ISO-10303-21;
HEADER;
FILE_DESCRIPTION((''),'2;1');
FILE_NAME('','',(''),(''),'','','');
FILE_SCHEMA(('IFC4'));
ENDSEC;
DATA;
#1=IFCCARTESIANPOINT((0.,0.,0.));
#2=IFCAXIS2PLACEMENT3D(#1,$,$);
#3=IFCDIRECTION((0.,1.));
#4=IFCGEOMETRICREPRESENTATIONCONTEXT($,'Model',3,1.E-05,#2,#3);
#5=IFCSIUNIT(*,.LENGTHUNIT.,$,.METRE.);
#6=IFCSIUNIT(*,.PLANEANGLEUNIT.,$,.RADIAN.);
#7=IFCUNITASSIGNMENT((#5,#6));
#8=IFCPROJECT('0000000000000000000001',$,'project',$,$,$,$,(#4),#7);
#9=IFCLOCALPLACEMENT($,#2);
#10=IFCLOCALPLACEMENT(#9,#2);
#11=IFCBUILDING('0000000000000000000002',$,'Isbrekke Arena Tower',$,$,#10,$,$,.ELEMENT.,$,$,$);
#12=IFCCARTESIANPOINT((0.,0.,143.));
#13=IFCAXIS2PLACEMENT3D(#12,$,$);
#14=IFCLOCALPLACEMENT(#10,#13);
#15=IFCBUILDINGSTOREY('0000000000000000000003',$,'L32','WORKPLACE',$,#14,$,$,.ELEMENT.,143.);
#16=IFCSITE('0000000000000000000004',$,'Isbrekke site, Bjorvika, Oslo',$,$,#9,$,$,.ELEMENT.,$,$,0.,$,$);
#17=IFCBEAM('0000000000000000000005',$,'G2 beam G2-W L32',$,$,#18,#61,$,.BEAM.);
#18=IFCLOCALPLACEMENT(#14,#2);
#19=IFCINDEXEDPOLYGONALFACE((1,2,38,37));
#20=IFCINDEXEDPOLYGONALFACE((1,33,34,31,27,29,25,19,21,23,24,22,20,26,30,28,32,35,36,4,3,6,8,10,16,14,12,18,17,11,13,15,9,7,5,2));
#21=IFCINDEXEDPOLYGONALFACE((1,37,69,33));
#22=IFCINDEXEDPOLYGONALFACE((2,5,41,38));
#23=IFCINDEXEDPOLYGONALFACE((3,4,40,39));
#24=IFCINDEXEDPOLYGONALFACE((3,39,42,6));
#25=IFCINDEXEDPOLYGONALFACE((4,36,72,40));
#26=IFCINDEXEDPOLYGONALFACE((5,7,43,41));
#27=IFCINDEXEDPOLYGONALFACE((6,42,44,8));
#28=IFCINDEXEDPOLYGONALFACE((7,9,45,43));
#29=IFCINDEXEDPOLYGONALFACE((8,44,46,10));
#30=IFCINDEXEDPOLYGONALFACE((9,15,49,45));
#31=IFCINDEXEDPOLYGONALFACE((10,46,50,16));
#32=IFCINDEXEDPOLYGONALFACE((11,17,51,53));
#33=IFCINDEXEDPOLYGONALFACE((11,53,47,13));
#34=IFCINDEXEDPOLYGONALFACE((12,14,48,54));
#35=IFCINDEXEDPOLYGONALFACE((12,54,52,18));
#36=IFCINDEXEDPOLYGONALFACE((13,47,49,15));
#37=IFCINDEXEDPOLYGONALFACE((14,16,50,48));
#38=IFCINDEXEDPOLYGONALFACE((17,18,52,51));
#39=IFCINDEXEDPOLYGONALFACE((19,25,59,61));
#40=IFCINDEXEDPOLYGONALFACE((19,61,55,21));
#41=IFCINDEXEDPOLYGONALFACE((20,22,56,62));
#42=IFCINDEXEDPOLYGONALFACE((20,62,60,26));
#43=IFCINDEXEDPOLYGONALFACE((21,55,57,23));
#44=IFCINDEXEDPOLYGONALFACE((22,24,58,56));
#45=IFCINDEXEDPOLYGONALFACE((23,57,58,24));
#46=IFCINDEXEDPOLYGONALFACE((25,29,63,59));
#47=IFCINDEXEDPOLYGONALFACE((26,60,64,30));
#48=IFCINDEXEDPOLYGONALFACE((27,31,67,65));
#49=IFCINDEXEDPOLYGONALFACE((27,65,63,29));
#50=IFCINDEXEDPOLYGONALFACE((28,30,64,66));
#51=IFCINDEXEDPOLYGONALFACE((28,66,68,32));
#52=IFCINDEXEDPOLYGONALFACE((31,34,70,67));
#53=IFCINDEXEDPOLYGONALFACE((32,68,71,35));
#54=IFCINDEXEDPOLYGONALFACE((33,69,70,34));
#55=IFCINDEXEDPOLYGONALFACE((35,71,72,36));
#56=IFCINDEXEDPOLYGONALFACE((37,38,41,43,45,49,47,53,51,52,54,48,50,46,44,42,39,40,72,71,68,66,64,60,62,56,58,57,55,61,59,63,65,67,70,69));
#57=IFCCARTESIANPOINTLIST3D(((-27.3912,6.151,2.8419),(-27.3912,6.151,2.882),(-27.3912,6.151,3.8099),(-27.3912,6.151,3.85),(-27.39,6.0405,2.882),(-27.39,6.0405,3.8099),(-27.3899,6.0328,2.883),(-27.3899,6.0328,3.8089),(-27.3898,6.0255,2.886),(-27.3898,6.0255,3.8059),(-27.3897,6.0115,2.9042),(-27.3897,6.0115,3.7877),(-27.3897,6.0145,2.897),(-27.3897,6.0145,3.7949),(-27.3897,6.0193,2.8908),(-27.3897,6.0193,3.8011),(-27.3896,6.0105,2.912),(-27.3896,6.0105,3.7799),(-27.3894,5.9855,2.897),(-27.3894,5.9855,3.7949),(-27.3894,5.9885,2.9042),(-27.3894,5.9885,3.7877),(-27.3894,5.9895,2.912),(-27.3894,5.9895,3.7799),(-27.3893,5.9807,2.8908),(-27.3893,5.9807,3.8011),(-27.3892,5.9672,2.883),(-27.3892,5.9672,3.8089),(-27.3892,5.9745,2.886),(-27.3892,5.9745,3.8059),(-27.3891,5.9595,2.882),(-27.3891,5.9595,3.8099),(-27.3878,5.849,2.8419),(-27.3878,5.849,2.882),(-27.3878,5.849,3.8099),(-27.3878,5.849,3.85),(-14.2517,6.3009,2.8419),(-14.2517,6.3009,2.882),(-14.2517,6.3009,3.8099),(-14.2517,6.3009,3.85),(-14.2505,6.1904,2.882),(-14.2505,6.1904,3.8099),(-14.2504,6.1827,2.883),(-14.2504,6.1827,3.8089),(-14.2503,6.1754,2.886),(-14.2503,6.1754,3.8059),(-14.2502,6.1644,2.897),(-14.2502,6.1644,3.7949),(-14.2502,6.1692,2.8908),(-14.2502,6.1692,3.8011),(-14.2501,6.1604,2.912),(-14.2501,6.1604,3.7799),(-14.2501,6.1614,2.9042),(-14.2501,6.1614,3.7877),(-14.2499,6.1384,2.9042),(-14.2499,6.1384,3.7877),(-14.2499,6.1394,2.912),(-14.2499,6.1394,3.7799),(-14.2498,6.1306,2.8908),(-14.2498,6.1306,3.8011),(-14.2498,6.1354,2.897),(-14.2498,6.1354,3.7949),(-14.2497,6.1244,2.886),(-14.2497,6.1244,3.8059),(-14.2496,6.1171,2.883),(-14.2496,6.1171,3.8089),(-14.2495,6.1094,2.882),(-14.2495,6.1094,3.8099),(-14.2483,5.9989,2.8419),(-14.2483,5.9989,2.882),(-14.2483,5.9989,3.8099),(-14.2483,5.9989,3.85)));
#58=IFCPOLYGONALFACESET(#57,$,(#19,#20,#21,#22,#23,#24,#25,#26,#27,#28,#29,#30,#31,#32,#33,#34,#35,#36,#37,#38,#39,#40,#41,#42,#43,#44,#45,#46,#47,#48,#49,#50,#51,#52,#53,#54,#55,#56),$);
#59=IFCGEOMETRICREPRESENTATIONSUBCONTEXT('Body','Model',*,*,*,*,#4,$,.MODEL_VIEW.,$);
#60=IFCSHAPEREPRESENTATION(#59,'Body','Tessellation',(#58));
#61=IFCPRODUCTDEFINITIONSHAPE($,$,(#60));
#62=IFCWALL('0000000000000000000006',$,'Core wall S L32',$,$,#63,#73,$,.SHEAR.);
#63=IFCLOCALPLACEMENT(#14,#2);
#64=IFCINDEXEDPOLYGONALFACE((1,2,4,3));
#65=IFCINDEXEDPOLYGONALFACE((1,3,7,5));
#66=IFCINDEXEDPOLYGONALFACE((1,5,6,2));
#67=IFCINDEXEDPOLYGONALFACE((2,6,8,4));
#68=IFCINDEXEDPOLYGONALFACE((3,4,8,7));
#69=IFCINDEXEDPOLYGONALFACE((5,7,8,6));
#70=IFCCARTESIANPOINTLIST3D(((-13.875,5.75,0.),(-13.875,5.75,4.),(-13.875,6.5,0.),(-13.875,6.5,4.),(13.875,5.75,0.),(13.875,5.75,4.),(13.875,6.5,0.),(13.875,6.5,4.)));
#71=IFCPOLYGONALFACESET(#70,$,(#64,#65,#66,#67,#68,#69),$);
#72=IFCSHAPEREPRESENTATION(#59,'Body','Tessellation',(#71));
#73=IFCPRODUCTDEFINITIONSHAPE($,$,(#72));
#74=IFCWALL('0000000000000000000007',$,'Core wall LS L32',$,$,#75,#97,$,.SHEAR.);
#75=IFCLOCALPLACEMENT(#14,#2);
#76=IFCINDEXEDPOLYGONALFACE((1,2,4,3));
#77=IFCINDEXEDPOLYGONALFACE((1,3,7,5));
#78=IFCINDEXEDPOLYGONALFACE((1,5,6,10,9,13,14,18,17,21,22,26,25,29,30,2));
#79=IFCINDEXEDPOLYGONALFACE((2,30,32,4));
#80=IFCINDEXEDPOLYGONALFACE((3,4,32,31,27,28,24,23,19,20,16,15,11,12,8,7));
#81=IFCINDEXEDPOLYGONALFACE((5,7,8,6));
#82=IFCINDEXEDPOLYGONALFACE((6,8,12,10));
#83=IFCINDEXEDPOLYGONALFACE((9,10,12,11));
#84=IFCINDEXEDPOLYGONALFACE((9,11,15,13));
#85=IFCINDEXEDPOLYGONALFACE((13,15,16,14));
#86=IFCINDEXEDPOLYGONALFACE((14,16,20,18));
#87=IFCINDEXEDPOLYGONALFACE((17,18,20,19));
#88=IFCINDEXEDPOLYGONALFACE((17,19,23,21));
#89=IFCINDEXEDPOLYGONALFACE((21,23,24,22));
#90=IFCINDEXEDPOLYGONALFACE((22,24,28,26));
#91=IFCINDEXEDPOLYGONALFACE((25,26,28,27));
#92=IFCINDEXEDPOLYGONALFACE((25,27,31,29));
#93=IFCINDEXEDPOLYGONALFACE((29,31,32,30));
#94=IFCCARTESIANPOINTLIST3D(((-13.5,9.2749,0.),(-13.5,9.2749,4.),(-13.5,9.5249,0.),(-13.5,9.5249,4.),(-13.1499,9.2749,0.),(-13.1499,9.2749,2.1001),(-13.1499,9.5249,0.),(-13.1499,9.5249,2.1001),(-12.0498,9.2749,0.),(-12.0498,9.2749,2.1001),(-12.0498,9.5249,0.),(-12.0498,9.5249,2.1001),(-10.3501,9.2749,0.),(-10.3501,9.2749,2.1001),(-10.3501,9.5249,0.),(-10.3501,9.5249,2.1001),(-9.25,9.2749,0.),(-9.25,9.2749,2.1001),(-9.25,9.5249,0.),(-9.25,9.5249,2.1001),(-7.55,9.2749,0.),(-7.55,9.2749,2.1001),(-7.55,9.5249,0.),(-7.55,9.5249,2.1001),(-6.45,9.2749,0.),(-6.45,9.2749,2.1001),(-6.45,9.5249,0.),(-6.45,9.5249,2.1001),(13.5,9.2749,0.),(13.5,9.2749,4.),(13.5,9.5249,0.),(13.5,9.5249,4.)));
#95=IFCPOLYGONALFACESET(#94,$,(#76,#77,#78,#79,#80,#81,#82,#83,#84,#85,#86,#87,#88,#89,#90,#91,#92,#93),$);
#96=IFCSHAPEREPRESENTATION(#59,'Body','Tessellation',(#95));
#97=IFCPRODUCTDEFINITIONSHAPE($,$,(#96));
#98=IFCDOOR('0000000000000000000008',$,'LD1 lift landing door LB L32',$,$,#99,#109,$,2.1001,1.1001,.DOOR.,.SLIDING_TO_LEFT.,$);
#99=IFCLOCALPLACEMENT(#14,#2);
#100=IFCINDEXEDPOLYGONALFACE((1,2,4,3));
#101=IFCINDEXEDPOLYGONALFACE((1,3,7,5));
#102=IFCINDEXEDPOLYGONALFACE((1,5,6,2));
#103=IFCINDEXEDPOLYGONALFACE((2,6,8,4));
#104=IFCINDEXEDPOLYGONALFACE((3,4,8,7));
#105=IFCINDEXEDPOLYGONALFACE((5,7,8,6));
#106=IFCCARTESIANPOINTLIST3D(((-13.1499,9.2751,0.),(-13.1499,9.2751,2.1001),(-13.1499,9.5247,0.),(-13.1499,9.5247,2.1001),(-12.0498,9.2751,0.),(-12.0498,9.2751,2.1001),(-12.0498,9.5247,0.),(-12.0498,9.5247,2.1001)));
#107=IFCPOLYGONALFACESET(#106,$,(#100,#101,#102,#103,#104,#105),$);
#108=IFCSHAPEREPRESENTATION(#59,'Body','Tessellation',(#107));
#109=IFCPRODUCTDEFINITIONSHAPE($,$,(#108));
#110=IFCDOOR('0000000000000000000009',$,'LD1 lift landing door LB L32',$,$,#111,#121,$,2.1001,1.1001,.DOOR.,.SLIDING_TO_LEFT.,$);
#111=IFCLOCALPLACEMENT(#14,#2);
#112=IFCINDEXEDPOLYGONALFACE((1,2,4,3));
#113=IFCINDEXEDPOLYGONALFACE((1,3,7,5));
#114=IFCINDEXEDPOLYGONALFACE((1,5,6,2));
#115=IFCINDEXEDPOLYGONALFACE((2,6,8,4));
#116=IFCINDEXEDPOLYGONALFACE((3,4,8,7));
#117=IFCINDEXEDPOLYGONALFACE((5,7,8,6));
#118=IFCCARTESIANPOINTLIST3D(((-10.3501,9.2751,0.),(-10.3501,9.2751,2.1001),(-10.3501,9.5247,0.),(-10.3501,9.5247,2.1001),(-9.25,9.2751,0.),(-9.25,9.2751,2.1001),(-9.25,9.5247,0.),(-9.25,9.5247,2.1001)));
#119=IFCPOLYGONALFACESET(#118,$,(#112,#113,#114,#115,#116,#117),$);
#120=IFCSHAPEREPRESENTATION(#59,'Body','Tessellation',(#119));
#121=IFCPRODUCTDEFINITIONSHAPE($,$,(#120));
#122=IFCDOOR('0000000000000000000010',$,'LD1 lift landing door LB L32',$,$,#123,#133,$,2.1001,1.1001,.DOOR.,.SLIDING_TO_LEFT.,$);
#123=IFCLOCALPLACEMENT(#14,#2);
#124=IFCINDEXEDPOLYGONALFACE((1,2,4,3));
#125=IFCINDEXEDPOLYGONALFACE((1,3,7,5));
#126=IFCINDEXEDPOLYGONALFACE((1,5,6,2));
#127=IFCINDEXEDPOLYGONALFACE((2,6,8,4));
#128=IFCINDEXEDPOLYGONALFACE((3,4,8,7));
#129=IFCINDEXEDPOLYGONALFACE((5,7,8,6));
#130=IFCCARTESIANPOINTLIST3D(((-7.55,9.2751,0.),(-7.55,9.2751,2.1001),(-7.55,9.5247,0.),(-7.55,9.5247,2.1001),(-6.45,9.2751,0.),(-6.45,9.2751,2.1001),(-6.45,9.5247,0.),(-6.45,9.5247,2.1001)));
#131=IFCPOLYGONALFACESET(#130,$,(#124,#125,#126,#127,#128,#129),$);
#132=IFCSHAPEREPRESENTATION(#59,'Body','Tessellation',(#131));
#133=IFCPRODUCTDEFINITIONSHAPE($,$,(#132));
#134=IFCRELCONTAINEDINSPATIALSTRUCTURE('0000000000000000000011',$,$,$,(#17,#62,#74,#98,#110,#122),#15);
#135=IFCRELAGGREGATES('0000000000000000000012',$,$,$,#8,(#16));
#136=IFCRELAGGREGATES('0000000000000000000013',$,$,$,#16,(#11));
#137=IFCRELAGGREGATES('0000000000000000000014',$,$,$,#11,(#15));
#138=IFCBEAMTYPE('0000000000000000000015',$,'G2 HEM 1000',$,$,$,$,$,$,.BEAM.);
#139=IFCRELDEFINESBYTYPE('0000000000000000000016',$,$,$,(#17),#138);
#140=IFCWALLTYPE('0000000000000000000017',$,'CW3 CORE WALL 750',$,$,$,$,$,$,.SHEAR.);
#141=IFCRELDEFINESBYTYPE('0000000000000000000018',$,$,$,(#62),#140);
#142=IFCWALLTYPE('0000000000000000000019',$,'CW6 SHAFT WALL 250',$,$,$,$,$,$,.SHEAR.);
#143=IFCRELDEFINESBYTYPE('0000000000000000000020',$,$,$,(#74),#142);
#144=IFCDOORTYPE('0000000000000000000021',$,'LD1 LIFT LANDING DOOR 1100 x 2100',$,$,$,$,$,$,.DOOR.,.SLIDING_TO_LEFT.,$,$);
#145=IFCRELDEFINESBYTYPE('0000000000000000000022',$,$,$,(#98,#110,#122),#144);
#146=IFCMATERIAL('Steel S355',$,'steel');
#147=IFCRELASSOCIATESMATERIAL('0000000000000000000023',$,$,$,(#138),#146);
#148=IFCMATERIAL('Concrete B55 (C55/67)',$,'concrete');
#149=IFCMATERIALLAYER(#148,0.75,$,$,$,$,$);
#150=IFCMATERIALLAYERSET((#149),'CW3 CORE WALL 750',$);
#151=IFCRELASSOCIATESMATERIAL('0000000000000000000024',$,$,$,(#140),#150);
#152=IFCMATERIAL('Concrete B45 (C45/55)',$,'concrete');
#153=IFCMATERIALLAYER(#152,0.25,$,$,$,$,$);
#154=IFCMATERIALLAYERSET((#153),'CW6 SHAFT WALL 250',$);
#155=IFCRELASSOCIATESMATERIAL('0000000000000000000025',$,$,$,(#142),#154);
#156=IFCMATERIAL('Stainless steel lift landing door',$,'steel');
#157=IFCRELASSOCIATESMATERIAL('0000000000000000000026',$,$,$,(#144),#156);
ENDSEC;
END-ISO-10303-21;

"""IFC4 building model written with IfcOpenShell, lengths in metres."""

from ifc_helpers import new_model, si_unit, direction, frame, frame_2d, origin, origin_2d, place, context, subcontext, project, spatial, rectangle, i_section, extrude, material, layer, layer_set, material_profile, profile_set, type_object, element, fill, save


model = new_model("IFC4")

# Units and contexts
model_context = context("Model", 3, precision=1e-05, world=origin(), true_north=direction((0.0, 1.0)))
body_context = subcontext(model_context, "Body", "Model", "MODEL_VIEW")
ifc_project = project(units=[si_unit("LENGTHUNIT", "METRE"), si_unit("PLANEANGLEUNIT", "RADIAN")], contexts=[model_context])

# Site, building, storey
site_placement = place(None, origin())
site = spatial("IfcSite", under=ifc_project, at=site_placement, Name="Isbrekke site, Bjorvika, Oslo", CompositionType="ELEMENT", RefElevation=0.0)
building_placement = place(site_placement, origin())
building = spatial("IfcBuilding", under=site, at=building_placement, Name="Isbrekke Arena Tower", CompositionType="ELEMENT")
storey_placement = place(building_placement, frame((0.0, 0.0, 143.0)))
storey = spatial("IfcBuildingStorey", under=building, at=storey_placement, Name="L32", Description="WORKPLACE", CompositionType="ELEMENT", Elevation=143.0)

# Beam
ifc_material_1 = material(Name="Steel S355", Category="steel")
ifc_material_profile = material_profile(ifc_material_1, i_section(OverallWidth=0.302, OverallDepth=1.0081, WebThickness=0.021, FlangeThickness=0.04, FilletRadius=0.03, at=origin_2d()), Name="HEM 1000")
ifc_profile_set = profile_set([ifc_material_profile], Name="Steel S355")
beam_type = type_object("IfcBeamType", Name="G2 HEM 1000", PredefinedType="BEAM", material=ifc_profile_set)
beam_placement = place(storey_placement, frame((-14.25, 6.1499, 3.3459), z_axis=(-0.999935, -0.011408, 0.0), x_axis=(0.011408, -0.999935, 0.0)))
element("IfcBeam", 1, at=beam_placement, inside=storey, type_object=beam_type, Name="G2 beam G2-W L32", PredefinedType="BEAM", context=body_context, shape_type="SweptSolid", body=[
    extrude(i_section(OverallWidth=0.302, OverallDepth=1.0081, WebThickness=0.021, FlangeThickness=0.04, FilletRadius=0.03, at=origin_2d()), origin(), (0.0, 0.0, 1.0), 13.1404),
])

# Wall
ifc_material_2 = material(Name="Concrete B55 (C55/67)", Category="concrete")
ifc_layer_1 = layer(ifc_material_2, 0.75)
ifc_layer_set_1 = layer_set([ifc_layer_1], Name="CW3 CORE WALL 750")
wall_type_1 = type_object("IfcWallType", Name="CW3 CORE WALL 750", PredefinedType="SHEAR", material=ifc_layer_set_1)
wall_1_placement = place(storey_placement, frame((-13.875, 6.125, 0.0), z_axis=(0.0, 0.0, 1.0), x_axis=(1.0, 0.0, 0.0)))
element("IfcWall", 2, at=wall_1_placement, inside=storey, type_object=wall_type_1, Name="Core wall S L32", PredefinedType="SHEAR", context=body_context, shape_type="SweptSolid", body=[
    extrude(rectangle(XDim=27.75, YDim=0.75, at=frame_2d((13.875, 0.0))), origin(), (0.0, 0.0, 1.0), 4.0),
])

# Wall, openings, doors
ifc_material_3 = material(Name="Concrete B45 (C45/55)", Category="concrete")
ifc_layer_2 = layer(ifc_material_3, 0.25)
ifc_layer_set_2 = layer_set([ifc_layer_2], Name="CW6 SHAFT WALL 250")
wall_type_2 = type_object("IfcWallType", Name="CW6 SHAFT WALL 250", PredefinedType="SHEAR", material=ifc_layer_set_2)
wall_2_placement = place(storey_placement, frame((-13.5, 9.3999, 0.0), z_axis=(0.0, 0.0, 1.0), x_axis=(1.0, 0.0, 0.0)))
wall_2 = element("IfcWall", 3, at=wall_2_placement, inside=storey, type_object=wall_type_2, Name="Core wall LS L32", PredefinedType="SHEAR", context=body_context, shape_type="SweptSolid", body=[
    extrude(rectangle(XDim=27.0, YDim=0.25, at=frame_2d((13.5, 0.0))), origin(), (0.0, 0.0, 1.0), 4.0),
])
opening_1_placement = place(wall_2_placement, frame((0.3501, 0.0, 0.0)))
opening_1 = element("IfcOpeningElement", 4, at=opening_1_placement, cuts=wall_2, PredefinedType="OPENING", context=body_context, shape_type="SweptSolid", body=[
    extrude(rectangle(XDim=1.1001, YDim=2.1001, at=frame_2d((0.55, 1.05))), frame((0.0, 0.1399, 0.0), z_axis=(0.0, -1.0, 0.0), x_axis=(1.0, 0.0, 0.0)), (0.0, 0.0, 1.0), 0.2798),
])
opening_2_placement = place(wall_2_placement, frame((3.1499, 0.0, 0.0)))
opening_2 = element("IfcOpeningElement", 5, at=opening_2_placement, cuts=wall_2, PredefinedType="OPENING", context=body_context, shape_type="SweptSolid", body=[
    extrude(rectangle(XDim=1.1001, YDim=2.1001, at=frame_2d((0.55, 1.05))), frame((0.0, 0.1399, 0.0), z_axis=(0.0, -1.0, 0.0), x_axis=(1.0, 0.0, 0.0)), (0.0, 0.0, 1.0), 0.2798),
])
opening_3_placement = place(wall_2_placement, frame((5.95, 0.0, 0.0)))
opening_3 = element("IfcOpeningElement", 6, at=opening_3_placement, cuts=wall_2, PredefinedType="OPENING", context=body_context, shape_type="SweptSolid", body=[
    extrude(rectangle(XDim=1.1001, YDim=2.1001, at=frame_2d((0.55, 1.05))), frame((0.0, 0.1399, 0.0), z_axis=(0.0, -1.0, 0.0), x_axis=(1.0, 0.0, 0.0)), (0.0, 0.0, 1.0), 0.2798),
])
ifc_material_4 = material(Name="Stainless steel lift landing door", Category="steel")
door_type_1 = type_object("IfcDoorType", Name="LD1 LIFT LANDING DOOR 1100 x 2100", OperationType="SLIDING_TO_LEFT", PredefinedType="DOOR", material=ifc_material_4)
door_1_placement = place(opening_1_placement, origin())
door_1 = element("IfcDoor", 7, at=door_1_placement, inside=storey, type_object=door_type_1, Name="LD1 lift landing door LB L32", OperationType="SLIDING_TO_LEFT", OverallHeight=2.1001, OverallWidth=1.1001, PredefinedType="DOOR", context=body_context, shape_type="SweptSolid", body=[
    extrude(rectangle(XDim=1.1001, YDim=2.1001, at=frame_2d((0.55, 1.05))), frame((0.0, 0.1248, 0.0), z_axis=(0.0, -1.0, 0.0), x_axis=(1.0, 0.0, 0.0)), (0.0, 0.0, 1.0), 0.2495),
])
fill(opening_1, door_1)
door_2_placement = place(opening_2_placement, origin())
door_2 = element("IfcDoor", 8, at=door_2_placement, inside=storey, type_object=door_type_1, Name="LD1 lift landing door LB L32", OperationType="SLIDING_TO_LEFT", OverallHeight=2.1001, OverallWidth=1.1001, PredefinedType="DOOR", context=body_context, shape_type="SweptSolid", body=[
    extrude(rectangle(XDim=1.1001, YDim=2.1001, at=frame_2d((0.55, 1.05))), frame((0.0, 0.1248, 0.0), z_axis=(0.0, -1.0, 0.0), x_axis=(1.0, 0.0, 0.0)), (0.0, 0.0, 1.0), 0.2495),
])
fill(opening_2, door_2)
door_3_placement = place(opening_3_placement, origin())
door_3 = element("IfcDoor", 9, at=door_3_placement, inside=storey, type_object=door_type_1, Name="LD1 lift landing door LB L32", OperationType="SLIDING_TO_LEFT", OverallHeight=2.1001, OverallWidth=1.1001, PredefinedType="DOOR", context=body_context, shape_type="SweptSolid", body=[
    extrude(rectangle(XDim=1.1001, YDim=2.1001, at=frame_2d((0.55, 1.05))), frame((0.0, 0.1248, 0.0), z_axis=(0.0, -1.0, 0.0), x_axis=(1.0, 0.0, 0.0)), (0.0, 0.0, 1.0), 0.2495),
])
fill(opening_3, door_3)

save(model, "model.ifc")
